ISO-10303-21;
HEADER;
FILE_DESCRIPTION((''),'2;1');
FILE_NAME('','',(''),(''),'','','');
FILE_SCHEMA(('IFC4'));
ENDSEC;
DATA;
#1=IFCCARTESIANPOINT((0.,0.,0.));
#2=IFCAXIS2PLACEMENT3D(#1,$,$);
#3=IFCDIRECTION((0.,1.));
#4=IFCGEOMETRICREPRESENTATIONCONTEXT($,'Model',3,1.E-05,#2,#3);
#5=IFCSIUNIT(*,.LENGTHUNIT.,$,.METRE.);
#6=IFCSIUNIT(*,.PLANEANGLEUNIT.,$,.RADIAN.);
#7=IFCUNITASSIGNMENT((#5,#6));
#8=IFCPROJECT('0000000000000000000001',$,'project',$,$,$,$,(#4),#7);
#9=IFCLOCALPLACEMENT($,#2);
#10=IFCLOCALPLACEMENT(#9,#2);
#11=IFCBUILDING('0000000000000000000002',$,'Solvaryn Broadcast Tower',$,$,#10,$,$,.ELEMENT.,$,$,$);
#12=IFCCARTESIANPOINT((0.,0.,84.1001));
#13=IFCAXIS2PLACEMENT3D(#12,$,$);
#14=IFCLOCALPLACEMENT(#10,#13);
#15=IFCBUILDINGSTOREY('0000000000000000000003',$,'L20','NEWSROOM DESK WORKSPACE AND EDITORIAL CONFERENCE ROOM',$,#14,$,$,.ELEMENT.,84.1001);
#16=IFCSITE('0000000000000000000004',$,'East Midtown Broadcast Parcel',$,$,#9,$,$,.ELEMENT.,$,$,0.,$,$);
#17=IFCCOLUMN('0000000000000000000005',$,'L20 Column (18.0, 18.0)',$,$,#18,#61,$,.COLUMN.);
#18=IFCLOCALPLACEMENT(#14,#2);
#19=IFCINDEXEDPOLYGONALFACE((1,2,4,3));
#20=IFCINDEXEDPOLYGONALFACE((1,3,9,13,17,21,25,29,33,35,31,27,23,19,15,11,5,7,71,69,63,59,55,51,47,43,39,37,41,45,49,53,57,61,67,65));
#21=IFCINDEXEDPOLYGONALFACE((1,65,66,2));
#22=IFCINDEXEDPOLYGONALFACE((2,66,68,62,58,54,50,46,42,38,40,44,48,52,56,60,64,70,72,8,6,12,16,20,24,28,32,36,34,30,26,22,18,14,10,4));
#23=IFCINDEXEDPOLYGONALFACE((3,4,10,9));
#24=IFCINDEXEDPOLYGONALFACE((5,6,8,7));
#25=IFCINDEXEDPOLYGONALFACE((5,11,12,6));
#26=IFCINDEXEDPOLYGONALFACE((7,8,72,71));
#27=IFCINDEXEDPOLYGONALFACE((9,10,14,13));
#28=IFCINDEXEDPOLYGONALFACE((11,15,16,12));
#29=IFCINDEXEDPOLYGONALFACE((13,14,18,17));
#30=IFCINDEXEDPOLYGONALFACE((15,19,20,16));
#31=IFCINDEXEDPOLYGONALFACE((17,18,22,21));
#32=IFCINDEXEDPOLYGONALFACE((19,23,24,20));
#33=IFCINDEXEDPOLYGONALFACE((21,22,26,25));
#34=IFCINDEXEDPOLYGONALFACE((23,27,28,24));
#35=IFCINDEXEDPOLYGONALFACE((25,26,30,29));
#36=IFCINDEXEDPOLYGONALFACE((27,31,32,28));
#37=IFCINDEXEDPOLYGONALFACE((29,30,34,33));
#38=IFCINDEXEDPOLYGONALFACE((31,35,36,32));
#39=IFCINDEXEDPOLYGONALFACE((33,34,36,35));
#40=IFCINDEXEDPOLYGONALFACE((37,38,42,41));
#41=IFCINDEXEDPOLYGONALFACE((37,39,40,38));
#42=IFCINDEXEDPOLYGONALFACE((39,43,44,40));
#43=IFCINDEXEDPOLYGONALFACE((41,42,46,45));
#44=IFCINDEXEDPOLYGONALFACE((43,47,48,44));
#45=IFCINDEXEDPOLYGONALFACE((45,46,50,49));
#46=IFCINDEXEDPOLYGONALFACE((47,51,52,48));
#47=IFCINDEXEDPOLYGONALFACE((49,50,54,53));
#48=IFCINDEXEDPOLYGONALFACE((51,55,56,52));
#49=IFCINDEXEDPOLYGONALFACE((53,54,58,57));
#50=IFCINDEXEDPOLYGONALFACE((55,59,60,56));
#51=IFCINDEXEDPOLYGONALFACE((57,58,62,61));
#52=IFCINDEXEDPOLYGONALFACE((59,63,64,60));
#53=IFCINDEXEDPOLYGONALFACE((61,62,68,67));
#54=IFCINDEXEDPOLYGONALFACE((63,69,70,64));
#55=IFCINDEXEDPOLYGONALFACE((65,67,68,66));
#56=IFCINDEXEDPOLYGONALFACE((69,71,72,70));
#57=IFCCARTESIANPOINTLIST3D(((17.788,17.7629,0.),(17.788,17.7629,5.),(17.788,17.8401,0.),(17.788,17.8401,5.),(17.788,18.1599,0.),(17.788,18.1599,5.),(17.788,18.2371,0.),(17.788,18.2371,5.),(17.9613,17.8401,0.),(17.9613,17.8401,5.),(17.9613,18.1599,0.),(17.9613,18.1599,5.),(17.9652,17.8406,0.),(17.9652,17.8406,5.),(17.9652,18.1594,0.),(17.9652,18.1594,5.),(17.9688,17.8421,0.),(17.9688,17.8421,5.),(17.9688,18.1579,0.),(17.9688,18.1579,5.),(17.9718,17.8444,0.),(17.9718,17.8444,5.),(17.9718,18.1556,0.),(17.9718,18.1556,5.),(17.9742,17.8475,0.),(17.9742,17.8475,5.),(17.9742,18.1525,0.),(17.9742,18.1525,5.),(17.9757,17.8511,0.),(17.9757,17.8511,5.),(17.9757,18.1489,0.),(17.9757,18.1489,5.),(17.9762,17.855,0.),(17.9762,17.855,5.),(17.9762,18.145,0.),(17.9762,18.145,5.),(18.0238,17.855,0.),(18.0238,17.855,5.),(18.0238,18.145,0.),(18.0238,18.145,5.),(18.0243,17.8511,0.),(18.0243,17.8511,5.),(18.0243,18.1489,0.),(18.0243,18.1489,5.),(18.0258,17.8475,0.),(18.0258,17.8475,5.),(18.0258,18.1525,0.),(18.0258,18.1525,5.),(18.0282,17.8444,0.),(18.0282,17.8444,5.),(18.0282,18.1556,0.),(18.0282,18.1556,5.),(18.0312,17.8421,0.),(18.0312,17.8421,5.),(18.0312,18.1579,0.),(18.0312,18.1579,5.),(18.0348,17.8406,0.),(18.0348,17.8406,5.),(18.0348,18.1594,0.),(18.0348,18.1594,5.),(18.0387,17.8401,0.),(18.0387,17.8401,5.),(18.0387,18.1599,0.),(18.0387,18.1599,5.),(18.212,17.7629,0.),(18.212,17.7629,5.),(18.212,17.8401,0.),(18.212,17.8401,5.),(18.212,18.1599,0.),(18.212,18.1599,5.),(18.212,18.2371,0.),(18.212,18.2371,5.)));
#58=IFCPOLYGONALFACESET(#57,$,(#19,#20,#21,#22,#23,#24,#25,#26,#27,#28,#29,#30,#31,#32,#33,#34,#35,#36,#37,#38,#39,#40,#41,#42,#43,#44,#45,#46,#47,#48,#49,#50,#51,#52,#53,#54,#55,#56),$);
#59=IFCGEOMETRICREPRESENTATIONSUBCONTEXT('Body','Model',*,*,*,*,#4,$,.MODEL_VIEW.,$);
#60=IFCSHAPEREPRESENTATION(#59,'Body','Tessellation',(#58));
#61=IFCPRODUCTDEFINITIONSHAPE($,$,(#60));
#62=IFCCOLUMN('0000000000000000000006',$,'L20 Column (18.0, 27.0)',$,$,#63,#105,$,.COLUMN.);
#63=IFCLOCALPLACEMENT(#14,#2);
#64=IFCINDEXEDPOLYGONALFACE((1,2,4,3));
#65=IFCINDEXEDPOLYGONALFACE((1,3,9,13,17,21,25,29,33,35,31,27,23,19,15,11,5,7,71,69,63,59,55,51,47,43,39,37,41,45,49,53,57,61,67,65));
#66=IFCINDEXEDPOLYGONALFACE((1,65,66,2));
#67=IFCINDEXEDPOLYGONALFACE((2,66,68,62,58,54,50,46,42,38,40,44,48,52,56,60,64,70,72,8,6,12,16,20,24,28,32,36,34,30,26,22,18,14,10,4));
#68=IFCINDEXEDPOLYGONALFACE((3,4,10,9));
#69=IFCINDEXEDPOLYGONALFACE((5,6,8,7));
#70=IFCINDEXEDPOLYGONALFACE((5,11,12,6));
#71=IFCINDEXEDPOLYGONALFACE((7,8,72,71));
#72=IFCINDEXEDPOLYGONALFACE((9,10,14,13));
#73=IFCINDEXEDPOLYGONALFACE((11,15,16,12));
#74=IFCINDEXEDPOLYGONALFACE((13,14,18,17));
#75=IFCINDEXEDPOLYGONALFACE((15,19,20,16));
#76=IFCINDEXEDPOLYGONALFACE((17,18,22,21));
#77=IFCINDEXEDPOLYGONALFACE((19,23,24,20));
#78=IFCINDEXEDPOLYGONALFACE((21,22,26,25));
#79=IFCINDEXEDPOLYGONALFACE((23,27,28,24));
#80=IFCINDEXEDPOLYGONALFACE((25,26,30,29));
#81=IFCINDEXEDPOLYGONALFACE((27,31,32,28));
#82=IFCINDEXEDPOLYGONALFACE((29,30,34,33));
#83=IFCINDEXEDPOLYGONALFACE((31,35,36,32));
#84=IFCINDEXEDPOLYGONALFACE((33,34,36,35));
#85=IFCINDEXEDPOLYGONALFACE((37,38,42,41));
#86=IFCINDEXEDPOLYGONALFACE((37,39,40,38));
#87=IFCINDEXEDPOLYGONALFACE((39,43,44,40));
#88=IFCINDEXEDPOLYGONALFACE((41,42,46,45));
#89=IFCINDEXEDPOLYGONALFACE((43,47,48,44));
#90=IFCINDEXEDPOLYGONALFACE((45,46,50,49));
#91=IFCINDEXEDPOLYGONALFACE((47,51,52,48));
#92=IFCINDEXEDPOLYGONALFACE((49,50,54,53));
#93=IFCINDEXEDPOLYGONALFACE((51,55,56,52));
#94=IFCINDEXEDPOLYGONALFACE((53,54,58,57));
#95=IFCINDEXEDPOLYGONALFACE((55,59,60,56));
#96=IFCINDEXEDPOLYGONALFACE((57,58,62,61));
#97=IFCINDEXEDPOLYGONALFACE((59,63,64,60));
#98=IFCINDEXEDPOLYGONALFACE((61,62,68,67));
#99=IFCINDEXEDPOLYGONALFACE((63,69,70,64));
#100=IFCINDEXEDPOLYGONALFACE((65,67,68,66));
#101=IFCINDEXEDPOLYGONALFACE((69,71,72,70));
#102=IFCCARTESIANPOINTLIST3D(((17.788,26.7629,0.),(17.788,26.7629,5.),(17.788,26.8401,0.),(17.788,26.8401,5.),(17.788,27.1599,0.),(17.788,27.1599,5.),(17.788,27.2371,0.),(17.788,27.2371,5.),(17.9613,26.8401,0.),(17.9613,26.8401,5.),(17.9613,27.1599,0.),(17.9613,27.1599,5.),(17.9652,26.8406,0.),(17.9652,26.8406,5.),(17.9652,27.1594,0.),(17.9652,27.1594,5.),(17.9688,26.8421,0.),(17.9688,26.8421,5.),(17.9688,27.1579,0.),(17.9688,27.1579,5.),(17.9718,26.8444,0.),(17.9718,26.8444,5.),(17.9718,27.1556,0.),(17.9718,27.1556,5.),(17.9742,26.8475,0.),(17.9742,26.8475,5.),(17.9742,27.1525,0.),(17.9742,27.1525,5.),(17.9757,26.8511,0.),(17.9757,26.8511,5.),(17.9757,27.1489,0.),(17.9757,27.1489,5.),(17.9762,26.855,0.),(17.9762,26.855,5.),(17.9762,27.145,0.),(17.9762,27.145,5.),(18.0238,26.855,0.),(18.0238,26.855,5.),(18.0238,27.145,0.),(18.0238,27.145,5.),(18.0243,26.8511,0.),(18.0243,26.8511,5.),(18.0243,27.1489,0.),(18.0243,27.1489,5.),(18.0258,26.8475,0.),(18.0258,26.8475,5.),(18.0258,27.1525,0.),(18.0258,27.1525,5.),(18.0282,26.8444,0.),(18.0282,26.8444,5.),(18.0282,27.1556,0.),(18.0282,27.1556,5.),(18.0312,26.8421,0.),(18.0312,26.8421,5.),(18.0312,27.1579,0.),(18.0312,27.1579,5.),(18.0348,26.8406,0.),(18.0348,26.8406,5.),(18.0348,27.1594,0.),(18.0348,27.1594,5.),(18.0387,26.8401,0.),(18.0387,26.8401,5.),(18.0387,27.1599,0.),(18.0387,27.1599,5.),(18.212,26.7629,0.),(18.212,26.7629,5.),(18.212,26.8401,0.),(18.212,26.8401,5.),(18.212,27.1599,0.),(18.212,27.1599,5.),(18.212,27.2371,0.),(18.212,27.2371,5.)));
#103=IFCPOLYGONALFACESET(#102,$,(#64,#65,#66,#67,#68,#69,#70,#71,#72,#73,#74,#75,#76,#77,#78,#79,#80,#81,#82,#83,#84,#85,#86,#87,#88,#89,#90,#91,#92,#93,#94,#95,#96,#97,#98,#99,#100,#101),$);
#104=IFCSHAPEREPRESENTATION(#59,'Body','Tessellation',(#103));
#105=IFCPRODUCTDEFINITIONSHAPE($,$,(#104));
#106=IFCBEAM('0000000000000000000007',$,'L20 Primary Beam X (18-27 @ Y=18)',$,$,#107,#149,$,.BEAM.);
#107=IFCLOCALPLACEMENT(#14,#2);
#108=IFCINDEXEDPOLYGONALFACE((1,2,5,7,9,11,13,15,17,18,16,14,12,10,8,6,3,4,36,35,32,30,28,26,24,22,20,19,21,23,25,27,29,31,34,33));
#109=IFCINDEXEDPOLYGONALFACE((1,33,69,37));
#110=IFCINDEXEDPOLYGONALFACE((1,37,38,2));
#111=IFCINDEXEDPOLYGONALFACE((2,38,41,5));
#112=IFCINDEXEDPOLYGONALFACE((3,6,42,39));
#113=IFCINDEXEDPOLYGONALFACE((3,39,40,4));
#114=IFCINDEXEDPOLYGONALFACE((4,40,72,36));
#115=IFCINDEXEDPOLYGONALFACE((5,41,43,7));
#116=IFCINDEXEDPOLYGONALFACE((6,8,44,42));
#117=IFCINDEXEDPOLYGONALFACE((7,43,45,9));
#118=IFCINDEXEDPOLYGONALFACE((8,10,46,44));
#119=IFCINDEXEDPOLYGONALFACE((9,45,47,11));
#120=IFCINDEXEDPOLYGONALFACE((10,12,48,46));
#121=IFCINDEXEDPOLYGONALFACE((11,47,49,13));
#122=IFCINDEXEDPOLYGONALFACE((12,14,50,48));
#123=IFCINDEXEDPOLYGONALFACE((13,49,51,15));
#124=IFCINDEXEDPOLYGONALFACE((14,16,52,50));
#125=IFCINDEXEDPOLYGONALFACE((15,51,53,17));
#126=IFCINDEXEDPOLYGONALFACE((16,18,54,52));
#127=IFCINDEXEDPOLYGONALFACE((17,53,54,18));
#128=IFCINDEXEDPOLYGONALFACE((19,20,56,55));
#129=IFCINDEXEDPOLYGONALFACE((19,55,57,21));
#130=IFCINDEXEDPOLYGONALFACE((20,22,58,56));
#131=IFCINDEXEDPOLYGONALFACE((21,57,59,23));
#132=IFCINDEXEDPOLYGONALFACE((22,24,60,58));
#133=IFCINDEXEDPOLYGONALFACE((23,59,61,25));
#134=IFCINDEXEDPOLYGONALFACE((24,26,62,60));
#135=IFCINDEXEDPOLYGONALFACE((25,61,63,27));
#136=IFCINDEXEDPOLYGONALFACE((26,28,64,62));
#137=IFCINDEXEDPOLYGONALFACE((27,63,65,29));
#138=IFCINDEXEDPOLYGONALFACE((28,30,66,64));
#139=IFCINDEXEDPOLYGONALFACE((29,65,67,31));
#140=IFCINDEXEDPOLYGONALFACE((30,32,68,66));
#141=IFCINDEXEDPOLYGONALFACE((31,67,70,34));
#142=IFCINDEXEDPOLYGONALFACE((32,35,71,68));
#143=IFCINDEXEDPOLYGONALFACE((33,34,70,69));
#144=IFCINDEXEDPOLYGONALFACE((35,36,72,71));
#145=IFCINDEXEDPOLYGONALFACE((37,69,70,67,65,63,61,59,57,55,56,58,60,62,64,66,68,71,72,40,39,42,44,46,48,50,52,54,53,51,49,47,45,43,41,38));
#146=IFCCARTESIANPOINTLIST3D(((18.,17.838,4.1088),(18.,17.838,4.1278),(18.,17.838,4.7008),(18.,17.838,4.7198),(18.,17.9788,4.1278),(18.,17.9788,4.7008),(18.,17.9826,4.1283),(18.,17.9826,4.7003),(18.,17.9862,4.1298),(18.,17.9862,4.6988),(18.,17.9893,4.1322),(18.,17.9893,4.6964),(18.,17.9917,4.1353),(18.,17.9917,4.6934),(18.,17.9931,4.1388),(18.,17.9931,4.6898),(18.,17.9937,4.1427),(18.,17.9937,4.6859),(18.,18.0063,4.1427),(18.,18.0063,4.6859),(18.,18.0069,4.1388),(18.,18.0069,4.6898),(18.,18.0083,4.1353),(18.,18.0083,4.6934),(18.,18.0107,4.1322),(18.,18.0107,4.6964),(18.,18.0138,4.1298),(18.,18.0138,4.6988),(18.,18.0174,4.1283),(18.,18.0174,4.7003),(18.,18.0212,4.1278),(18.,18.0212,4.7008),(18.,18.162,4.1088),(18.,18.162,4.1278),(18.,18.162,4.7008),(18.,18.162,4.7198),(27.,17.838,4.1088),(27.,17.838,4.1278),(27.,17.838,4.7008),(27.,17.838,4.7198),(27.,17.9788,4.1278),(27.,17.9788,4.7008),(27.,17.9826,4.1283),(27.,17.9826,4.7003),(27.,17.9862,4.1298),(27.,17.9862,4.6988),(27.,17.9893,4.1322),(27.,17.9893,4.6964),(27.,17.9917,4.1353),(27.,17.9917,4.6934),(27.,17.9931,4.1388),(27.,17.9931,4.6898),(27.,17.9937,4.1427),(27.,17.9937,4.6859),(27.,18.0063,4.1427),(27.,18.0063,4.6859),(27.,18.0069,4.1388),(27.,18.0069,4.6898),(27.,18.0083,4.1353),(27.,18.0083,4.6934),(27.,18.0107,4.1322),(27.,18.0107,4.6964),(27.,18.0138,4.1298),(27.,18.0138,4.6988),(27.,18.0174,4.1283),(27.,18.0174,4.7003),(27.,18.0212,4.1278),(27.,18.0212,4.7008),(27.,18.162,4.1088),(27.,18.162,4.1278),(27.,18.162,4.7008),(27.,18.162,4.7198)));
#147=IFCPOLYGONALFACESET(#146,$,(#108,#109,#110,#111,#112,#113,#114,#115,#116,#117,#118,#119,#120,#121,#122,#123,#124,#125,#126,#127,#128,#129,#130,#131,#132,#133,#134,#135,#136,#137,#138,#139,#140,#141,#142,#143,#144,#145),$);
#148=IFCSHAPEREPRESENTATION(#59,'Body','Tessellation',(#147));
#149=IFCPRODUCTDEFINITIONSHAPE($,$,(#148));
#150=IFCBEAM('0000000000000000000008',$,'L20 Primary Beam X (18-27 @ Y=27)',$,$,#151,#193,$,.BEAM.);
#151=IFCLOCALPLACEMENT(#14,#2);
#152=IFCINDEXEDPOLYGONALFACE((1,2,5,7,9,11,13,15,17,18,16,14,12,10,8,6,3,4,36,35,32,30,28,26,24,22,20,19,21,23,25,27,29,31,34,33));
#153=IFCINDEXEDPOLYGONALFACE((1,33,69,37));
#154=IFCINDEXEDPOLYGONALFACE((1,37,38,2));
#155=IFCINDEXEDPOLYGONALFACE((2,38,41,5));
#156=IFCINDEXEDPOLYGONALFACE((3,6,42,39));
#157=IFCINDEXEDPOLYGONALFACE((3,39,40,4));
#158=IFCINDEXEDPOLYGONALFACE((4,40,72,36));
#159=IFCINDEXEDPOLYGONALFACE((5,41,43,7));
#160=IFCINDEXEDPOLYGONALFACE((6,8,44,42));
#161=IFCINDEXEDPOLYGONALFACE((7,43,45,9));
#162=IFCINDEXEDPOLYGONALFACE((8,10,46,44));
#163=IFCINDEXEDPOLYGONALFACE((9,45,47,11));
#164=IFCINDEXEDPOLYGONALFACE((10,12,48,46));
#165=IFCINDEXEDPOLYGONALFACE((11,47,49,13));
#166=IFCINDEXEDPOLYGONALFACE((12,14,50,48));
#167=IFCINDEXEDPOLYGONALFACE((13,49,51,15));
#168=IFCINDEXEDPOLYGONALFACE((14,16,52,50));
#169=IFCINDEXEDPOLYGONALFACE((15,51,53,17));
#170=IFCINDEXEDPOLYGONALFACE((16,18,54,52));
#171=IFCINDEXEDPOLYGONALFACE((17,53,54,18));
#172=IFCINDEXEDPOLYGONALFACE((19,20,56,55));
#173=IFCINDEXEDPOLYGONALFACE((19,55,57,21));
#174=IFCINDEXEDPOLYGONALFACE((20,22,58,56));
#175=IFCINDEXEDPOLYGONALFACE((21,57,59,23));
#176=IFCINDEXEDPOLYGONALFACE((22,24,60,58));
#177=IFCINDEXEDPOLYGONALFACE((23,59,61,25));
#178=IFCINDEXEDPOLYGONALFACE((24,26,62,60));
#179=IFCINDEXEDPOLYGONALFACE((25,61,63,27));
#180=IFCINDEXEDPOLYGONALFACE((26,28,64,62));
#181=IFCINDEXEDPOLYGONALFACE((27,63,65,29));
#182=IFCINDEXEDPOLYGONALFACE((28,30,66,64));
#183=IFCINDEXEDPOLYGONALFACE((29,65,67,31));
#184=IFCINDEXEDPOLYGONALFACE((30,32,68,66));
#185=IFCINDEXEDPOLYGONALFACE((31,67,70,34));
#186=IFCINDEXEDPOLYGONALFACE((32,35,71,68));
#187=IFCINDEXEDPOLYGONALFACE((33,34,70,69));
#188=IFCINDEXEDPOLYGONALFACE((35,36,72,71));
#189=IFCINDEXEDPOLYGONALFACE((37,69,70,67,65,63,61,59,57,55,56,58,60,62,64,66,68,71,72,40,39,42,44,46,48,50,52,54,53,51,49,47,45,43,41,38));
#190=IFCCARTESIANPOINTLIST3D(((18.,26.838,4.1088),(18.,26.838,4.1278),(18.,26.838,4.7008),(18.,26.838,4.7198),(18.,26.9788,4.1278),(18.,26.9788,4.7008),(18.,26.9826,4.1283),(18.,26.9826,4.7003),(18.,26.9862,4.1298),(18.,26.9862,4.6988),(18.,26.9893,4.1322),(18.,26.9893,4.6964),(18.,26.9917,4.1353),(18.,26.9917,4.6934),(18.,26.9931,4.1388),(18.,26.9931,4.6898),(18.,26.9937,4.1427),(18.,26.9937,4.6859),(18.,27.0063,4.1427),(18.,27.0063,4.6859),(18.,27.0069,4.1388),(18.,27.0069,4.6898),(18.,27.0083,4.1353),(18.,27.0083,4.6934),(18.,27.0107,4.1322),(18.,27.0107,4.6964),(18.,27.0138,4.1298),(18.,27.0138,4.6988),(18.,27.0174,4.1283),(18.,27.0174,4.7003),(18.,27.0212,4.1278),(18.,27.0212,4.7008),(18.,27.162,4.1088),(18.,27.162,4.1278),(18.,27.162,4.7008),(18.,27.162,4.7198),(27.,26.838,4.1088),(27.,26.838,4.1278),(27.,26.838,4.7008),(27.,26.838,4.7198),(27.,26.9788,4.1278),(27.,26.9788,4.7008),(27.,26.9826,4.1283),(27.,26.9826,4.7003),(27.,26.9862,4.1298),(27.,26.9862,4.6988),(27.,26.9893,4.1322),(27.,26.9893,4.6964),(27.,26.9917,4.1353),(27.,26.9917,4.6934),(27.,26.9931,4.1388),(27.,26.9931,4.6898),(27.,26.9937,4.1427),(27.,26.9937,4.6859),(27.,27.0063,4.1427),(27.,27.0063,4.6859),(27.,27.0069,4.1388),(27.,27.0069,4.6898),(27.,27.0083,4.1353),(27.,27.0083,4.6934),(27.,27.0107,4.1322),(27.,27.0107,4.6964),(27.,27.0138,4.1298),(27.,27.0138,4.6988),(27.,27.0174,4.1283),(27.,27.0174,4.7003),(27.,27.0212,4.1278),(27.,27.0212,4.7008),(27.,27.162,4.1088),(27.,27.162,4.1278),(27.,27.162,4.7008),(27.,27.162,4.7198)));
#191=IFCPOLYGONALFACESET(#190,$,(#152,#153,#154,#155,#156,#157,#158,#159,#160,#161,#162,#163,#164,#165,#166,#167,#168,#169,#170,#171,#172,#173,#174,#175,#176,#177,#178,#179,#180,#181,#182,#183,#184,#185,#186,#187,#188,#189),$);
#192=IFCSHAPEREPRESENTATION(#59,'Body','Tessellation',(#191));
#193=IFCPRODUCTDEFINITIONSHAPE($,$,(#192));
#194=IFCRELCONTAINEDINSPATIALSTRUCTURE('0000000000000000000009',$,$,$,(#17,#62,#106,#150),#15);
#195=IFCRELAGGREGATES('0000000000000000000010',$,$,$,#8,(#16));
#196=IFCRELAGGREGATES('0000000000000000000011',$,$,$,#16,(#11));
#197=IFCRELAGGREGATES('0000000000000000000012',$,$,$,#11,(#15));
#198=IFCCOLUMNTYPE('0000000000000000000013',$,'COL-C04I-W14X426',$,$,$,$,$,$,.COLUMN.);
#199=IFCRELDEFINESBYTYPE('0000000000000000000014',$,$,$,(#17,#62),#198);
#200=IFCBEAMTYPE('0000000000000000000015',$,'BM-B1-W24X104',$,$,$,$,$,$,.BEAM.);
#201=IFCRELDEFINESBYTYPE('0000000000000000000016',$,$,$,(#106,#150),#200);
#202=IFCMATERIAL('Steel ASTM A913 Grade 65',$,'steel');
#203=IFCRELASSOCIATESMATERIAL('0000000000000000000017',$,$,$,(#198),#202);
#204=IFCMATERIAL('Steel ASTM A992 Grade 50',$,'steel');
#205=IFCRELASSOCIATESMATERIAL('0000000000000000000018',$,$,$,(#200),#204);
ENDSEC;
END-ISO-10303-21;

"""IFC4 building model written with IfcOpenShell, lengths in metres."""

from ifc_helpers import new_model, si_unit, direction, frame, origin, origin_2d, place, context, subcontext, project, spatial, i_section, extrude, material, material_profile, profile_set, type_object, element, save


model = new_model("IFC4")

# Units and contexts
model_context = context("Model", 3, precision=1e-05, world=origin(), true_north=direction((0.0, 1.0)))
body_context = subcontext(model_context, "Body", "Model", "MODEL_VIEW")
ifc_project = project(units=[si_unit("LENGTHUNIT", "METRE"), si_unit("PLANEANGLEUNIT", "RADIAN")], contexts=[model_context])

# Site, building, storey
site_placement = place(None, origin())
site = spatial("IfcSite", under=ifc_project, at=site_placement, Name="East Midtown Broadcast Parcel", CompositionType="ELEMENT", RefElevation=0.0)
building_placement = place(site_placement, origin())
building = spatial("IfcBuilding", under=site, at=building_placement, Name="Solvaryn Broadcast Tower", CompositionType="ELEMENT")
storey_placement = place(building_placement, frame((0.0, 0.0, 84.1001)))
storey = spatial("IfcBuildingStorey", under=building, at=storey_placement, Name="L20", Description="NEWSROOM DESK WORKSPACE AND EDITORIAL CONFERENCE ROOM", CompositionType="ELEMENT", Elevation=84.1001)

# Columns
ifc_material_1 = material(Name="Steel ASTM A913 Grade 65", Category="steel")
ifc_material_profile_1 = material_profile(ifc_material_1, i_section(OverallWidth=0.4241, OverallDepth=0.4741, WebThickness=0.0476, FlangeThickness=0.0771, FilletRadius=0.0149, at=origin_2d()))
ifc_profile_set_1 = profile_set([ifc_material_profile_1], Name="Steel ASTM A913 Grade 65")
column_type = type_object("IfcColumnType", Name="COL-C04I-W14X426", PredefinedType="COLUMN", material=ifc_profile_set_1)
for number, where, z_axis, x_axis, name in (
    (1, (18.0, 18.0, 0.0), (0.0, 0.0, 1.0), (1.0, 0.0, 0.0), "L20 Column (18.0, 18.0)"),
    (2, (18.0, 27.0, 0.0), (0.0, 0.0, 1.0), (1.0, 0.0, 0.0), "L20 Column (18.0, 27.0)"),
):
    element("IfcColumn", number, at=place(storey_placement, frame(where, z_axis=z_axis, x_axis=x_axis)), inside=storey, type_object=column_type, Name=name, PredefinedType="COLUMN", context=body_context, shape_type="SweptSolid", body=[
        extrude(i_section(OverallWidth=0.4241, OverallDepth=0.4741, WebThickness=0.0476, FlangeThickness=0.0771, FilletRadius=0.0149, at=origin_2d()), origin(), (0.0, 0.0, 1.0), 5.0),
    ])

# Beams
ifc_material_2 = material(Name="Steel ASTM A992 Grade 50", Category="steel")
ifc_material_profile_2 = material_profile(ifc_material_2, i_section(OverallWidth=0.324, OverallDepth=0.6111, WebThickness=0.0127, FlangeThickness=0.019, FilletRadius=0.0149, at=origin_2d()))
ifc_profile_set_2 = profile_set([ifc_material_profile_2], Name="Steel ASTM A992 Grade 50")
beam_type_1 = type_object("IfcBeamType", Name="BM-B1-W24X104", PredefinedType="BEAM", material=ifc_profile_set_2)
for number, where, z_axis, x_axis, name in (
    (3, (18.0, 18.0, 4.4143), (1.0, 0.0, 0.0), (0.0, 1.0, 0.0), "L20 Primary Beam X (18-27 @ Y=18)"),
    (4, (18.0, 27.0, 4.4143), (1.0, 0.0, 0.0), (0.0, 1.0, 0.0), "L20 Primary Beam X (18-27 @ Y=27)"),
):
    element("IfcBeam", number, at=place(storey_placement, frame(where, z_axis=z_axis, x_axis=x_axis)), inside=storey, type_object=beam_type_1, Name=name, PredefinedType="BEAM", context=body_context, shape_type="SweptSolid", body=[
        extrude(i_section(OverallWidth=0.324, OverallDepth=0.6111, WebThickness=0.0127, FlangeThickness=0.019, FilletRadius=0.0149, at=origin_2d()), origin(), (0.0, 0.0, 1.0), 9.0),
    ])

save(model, "model.ifc")
